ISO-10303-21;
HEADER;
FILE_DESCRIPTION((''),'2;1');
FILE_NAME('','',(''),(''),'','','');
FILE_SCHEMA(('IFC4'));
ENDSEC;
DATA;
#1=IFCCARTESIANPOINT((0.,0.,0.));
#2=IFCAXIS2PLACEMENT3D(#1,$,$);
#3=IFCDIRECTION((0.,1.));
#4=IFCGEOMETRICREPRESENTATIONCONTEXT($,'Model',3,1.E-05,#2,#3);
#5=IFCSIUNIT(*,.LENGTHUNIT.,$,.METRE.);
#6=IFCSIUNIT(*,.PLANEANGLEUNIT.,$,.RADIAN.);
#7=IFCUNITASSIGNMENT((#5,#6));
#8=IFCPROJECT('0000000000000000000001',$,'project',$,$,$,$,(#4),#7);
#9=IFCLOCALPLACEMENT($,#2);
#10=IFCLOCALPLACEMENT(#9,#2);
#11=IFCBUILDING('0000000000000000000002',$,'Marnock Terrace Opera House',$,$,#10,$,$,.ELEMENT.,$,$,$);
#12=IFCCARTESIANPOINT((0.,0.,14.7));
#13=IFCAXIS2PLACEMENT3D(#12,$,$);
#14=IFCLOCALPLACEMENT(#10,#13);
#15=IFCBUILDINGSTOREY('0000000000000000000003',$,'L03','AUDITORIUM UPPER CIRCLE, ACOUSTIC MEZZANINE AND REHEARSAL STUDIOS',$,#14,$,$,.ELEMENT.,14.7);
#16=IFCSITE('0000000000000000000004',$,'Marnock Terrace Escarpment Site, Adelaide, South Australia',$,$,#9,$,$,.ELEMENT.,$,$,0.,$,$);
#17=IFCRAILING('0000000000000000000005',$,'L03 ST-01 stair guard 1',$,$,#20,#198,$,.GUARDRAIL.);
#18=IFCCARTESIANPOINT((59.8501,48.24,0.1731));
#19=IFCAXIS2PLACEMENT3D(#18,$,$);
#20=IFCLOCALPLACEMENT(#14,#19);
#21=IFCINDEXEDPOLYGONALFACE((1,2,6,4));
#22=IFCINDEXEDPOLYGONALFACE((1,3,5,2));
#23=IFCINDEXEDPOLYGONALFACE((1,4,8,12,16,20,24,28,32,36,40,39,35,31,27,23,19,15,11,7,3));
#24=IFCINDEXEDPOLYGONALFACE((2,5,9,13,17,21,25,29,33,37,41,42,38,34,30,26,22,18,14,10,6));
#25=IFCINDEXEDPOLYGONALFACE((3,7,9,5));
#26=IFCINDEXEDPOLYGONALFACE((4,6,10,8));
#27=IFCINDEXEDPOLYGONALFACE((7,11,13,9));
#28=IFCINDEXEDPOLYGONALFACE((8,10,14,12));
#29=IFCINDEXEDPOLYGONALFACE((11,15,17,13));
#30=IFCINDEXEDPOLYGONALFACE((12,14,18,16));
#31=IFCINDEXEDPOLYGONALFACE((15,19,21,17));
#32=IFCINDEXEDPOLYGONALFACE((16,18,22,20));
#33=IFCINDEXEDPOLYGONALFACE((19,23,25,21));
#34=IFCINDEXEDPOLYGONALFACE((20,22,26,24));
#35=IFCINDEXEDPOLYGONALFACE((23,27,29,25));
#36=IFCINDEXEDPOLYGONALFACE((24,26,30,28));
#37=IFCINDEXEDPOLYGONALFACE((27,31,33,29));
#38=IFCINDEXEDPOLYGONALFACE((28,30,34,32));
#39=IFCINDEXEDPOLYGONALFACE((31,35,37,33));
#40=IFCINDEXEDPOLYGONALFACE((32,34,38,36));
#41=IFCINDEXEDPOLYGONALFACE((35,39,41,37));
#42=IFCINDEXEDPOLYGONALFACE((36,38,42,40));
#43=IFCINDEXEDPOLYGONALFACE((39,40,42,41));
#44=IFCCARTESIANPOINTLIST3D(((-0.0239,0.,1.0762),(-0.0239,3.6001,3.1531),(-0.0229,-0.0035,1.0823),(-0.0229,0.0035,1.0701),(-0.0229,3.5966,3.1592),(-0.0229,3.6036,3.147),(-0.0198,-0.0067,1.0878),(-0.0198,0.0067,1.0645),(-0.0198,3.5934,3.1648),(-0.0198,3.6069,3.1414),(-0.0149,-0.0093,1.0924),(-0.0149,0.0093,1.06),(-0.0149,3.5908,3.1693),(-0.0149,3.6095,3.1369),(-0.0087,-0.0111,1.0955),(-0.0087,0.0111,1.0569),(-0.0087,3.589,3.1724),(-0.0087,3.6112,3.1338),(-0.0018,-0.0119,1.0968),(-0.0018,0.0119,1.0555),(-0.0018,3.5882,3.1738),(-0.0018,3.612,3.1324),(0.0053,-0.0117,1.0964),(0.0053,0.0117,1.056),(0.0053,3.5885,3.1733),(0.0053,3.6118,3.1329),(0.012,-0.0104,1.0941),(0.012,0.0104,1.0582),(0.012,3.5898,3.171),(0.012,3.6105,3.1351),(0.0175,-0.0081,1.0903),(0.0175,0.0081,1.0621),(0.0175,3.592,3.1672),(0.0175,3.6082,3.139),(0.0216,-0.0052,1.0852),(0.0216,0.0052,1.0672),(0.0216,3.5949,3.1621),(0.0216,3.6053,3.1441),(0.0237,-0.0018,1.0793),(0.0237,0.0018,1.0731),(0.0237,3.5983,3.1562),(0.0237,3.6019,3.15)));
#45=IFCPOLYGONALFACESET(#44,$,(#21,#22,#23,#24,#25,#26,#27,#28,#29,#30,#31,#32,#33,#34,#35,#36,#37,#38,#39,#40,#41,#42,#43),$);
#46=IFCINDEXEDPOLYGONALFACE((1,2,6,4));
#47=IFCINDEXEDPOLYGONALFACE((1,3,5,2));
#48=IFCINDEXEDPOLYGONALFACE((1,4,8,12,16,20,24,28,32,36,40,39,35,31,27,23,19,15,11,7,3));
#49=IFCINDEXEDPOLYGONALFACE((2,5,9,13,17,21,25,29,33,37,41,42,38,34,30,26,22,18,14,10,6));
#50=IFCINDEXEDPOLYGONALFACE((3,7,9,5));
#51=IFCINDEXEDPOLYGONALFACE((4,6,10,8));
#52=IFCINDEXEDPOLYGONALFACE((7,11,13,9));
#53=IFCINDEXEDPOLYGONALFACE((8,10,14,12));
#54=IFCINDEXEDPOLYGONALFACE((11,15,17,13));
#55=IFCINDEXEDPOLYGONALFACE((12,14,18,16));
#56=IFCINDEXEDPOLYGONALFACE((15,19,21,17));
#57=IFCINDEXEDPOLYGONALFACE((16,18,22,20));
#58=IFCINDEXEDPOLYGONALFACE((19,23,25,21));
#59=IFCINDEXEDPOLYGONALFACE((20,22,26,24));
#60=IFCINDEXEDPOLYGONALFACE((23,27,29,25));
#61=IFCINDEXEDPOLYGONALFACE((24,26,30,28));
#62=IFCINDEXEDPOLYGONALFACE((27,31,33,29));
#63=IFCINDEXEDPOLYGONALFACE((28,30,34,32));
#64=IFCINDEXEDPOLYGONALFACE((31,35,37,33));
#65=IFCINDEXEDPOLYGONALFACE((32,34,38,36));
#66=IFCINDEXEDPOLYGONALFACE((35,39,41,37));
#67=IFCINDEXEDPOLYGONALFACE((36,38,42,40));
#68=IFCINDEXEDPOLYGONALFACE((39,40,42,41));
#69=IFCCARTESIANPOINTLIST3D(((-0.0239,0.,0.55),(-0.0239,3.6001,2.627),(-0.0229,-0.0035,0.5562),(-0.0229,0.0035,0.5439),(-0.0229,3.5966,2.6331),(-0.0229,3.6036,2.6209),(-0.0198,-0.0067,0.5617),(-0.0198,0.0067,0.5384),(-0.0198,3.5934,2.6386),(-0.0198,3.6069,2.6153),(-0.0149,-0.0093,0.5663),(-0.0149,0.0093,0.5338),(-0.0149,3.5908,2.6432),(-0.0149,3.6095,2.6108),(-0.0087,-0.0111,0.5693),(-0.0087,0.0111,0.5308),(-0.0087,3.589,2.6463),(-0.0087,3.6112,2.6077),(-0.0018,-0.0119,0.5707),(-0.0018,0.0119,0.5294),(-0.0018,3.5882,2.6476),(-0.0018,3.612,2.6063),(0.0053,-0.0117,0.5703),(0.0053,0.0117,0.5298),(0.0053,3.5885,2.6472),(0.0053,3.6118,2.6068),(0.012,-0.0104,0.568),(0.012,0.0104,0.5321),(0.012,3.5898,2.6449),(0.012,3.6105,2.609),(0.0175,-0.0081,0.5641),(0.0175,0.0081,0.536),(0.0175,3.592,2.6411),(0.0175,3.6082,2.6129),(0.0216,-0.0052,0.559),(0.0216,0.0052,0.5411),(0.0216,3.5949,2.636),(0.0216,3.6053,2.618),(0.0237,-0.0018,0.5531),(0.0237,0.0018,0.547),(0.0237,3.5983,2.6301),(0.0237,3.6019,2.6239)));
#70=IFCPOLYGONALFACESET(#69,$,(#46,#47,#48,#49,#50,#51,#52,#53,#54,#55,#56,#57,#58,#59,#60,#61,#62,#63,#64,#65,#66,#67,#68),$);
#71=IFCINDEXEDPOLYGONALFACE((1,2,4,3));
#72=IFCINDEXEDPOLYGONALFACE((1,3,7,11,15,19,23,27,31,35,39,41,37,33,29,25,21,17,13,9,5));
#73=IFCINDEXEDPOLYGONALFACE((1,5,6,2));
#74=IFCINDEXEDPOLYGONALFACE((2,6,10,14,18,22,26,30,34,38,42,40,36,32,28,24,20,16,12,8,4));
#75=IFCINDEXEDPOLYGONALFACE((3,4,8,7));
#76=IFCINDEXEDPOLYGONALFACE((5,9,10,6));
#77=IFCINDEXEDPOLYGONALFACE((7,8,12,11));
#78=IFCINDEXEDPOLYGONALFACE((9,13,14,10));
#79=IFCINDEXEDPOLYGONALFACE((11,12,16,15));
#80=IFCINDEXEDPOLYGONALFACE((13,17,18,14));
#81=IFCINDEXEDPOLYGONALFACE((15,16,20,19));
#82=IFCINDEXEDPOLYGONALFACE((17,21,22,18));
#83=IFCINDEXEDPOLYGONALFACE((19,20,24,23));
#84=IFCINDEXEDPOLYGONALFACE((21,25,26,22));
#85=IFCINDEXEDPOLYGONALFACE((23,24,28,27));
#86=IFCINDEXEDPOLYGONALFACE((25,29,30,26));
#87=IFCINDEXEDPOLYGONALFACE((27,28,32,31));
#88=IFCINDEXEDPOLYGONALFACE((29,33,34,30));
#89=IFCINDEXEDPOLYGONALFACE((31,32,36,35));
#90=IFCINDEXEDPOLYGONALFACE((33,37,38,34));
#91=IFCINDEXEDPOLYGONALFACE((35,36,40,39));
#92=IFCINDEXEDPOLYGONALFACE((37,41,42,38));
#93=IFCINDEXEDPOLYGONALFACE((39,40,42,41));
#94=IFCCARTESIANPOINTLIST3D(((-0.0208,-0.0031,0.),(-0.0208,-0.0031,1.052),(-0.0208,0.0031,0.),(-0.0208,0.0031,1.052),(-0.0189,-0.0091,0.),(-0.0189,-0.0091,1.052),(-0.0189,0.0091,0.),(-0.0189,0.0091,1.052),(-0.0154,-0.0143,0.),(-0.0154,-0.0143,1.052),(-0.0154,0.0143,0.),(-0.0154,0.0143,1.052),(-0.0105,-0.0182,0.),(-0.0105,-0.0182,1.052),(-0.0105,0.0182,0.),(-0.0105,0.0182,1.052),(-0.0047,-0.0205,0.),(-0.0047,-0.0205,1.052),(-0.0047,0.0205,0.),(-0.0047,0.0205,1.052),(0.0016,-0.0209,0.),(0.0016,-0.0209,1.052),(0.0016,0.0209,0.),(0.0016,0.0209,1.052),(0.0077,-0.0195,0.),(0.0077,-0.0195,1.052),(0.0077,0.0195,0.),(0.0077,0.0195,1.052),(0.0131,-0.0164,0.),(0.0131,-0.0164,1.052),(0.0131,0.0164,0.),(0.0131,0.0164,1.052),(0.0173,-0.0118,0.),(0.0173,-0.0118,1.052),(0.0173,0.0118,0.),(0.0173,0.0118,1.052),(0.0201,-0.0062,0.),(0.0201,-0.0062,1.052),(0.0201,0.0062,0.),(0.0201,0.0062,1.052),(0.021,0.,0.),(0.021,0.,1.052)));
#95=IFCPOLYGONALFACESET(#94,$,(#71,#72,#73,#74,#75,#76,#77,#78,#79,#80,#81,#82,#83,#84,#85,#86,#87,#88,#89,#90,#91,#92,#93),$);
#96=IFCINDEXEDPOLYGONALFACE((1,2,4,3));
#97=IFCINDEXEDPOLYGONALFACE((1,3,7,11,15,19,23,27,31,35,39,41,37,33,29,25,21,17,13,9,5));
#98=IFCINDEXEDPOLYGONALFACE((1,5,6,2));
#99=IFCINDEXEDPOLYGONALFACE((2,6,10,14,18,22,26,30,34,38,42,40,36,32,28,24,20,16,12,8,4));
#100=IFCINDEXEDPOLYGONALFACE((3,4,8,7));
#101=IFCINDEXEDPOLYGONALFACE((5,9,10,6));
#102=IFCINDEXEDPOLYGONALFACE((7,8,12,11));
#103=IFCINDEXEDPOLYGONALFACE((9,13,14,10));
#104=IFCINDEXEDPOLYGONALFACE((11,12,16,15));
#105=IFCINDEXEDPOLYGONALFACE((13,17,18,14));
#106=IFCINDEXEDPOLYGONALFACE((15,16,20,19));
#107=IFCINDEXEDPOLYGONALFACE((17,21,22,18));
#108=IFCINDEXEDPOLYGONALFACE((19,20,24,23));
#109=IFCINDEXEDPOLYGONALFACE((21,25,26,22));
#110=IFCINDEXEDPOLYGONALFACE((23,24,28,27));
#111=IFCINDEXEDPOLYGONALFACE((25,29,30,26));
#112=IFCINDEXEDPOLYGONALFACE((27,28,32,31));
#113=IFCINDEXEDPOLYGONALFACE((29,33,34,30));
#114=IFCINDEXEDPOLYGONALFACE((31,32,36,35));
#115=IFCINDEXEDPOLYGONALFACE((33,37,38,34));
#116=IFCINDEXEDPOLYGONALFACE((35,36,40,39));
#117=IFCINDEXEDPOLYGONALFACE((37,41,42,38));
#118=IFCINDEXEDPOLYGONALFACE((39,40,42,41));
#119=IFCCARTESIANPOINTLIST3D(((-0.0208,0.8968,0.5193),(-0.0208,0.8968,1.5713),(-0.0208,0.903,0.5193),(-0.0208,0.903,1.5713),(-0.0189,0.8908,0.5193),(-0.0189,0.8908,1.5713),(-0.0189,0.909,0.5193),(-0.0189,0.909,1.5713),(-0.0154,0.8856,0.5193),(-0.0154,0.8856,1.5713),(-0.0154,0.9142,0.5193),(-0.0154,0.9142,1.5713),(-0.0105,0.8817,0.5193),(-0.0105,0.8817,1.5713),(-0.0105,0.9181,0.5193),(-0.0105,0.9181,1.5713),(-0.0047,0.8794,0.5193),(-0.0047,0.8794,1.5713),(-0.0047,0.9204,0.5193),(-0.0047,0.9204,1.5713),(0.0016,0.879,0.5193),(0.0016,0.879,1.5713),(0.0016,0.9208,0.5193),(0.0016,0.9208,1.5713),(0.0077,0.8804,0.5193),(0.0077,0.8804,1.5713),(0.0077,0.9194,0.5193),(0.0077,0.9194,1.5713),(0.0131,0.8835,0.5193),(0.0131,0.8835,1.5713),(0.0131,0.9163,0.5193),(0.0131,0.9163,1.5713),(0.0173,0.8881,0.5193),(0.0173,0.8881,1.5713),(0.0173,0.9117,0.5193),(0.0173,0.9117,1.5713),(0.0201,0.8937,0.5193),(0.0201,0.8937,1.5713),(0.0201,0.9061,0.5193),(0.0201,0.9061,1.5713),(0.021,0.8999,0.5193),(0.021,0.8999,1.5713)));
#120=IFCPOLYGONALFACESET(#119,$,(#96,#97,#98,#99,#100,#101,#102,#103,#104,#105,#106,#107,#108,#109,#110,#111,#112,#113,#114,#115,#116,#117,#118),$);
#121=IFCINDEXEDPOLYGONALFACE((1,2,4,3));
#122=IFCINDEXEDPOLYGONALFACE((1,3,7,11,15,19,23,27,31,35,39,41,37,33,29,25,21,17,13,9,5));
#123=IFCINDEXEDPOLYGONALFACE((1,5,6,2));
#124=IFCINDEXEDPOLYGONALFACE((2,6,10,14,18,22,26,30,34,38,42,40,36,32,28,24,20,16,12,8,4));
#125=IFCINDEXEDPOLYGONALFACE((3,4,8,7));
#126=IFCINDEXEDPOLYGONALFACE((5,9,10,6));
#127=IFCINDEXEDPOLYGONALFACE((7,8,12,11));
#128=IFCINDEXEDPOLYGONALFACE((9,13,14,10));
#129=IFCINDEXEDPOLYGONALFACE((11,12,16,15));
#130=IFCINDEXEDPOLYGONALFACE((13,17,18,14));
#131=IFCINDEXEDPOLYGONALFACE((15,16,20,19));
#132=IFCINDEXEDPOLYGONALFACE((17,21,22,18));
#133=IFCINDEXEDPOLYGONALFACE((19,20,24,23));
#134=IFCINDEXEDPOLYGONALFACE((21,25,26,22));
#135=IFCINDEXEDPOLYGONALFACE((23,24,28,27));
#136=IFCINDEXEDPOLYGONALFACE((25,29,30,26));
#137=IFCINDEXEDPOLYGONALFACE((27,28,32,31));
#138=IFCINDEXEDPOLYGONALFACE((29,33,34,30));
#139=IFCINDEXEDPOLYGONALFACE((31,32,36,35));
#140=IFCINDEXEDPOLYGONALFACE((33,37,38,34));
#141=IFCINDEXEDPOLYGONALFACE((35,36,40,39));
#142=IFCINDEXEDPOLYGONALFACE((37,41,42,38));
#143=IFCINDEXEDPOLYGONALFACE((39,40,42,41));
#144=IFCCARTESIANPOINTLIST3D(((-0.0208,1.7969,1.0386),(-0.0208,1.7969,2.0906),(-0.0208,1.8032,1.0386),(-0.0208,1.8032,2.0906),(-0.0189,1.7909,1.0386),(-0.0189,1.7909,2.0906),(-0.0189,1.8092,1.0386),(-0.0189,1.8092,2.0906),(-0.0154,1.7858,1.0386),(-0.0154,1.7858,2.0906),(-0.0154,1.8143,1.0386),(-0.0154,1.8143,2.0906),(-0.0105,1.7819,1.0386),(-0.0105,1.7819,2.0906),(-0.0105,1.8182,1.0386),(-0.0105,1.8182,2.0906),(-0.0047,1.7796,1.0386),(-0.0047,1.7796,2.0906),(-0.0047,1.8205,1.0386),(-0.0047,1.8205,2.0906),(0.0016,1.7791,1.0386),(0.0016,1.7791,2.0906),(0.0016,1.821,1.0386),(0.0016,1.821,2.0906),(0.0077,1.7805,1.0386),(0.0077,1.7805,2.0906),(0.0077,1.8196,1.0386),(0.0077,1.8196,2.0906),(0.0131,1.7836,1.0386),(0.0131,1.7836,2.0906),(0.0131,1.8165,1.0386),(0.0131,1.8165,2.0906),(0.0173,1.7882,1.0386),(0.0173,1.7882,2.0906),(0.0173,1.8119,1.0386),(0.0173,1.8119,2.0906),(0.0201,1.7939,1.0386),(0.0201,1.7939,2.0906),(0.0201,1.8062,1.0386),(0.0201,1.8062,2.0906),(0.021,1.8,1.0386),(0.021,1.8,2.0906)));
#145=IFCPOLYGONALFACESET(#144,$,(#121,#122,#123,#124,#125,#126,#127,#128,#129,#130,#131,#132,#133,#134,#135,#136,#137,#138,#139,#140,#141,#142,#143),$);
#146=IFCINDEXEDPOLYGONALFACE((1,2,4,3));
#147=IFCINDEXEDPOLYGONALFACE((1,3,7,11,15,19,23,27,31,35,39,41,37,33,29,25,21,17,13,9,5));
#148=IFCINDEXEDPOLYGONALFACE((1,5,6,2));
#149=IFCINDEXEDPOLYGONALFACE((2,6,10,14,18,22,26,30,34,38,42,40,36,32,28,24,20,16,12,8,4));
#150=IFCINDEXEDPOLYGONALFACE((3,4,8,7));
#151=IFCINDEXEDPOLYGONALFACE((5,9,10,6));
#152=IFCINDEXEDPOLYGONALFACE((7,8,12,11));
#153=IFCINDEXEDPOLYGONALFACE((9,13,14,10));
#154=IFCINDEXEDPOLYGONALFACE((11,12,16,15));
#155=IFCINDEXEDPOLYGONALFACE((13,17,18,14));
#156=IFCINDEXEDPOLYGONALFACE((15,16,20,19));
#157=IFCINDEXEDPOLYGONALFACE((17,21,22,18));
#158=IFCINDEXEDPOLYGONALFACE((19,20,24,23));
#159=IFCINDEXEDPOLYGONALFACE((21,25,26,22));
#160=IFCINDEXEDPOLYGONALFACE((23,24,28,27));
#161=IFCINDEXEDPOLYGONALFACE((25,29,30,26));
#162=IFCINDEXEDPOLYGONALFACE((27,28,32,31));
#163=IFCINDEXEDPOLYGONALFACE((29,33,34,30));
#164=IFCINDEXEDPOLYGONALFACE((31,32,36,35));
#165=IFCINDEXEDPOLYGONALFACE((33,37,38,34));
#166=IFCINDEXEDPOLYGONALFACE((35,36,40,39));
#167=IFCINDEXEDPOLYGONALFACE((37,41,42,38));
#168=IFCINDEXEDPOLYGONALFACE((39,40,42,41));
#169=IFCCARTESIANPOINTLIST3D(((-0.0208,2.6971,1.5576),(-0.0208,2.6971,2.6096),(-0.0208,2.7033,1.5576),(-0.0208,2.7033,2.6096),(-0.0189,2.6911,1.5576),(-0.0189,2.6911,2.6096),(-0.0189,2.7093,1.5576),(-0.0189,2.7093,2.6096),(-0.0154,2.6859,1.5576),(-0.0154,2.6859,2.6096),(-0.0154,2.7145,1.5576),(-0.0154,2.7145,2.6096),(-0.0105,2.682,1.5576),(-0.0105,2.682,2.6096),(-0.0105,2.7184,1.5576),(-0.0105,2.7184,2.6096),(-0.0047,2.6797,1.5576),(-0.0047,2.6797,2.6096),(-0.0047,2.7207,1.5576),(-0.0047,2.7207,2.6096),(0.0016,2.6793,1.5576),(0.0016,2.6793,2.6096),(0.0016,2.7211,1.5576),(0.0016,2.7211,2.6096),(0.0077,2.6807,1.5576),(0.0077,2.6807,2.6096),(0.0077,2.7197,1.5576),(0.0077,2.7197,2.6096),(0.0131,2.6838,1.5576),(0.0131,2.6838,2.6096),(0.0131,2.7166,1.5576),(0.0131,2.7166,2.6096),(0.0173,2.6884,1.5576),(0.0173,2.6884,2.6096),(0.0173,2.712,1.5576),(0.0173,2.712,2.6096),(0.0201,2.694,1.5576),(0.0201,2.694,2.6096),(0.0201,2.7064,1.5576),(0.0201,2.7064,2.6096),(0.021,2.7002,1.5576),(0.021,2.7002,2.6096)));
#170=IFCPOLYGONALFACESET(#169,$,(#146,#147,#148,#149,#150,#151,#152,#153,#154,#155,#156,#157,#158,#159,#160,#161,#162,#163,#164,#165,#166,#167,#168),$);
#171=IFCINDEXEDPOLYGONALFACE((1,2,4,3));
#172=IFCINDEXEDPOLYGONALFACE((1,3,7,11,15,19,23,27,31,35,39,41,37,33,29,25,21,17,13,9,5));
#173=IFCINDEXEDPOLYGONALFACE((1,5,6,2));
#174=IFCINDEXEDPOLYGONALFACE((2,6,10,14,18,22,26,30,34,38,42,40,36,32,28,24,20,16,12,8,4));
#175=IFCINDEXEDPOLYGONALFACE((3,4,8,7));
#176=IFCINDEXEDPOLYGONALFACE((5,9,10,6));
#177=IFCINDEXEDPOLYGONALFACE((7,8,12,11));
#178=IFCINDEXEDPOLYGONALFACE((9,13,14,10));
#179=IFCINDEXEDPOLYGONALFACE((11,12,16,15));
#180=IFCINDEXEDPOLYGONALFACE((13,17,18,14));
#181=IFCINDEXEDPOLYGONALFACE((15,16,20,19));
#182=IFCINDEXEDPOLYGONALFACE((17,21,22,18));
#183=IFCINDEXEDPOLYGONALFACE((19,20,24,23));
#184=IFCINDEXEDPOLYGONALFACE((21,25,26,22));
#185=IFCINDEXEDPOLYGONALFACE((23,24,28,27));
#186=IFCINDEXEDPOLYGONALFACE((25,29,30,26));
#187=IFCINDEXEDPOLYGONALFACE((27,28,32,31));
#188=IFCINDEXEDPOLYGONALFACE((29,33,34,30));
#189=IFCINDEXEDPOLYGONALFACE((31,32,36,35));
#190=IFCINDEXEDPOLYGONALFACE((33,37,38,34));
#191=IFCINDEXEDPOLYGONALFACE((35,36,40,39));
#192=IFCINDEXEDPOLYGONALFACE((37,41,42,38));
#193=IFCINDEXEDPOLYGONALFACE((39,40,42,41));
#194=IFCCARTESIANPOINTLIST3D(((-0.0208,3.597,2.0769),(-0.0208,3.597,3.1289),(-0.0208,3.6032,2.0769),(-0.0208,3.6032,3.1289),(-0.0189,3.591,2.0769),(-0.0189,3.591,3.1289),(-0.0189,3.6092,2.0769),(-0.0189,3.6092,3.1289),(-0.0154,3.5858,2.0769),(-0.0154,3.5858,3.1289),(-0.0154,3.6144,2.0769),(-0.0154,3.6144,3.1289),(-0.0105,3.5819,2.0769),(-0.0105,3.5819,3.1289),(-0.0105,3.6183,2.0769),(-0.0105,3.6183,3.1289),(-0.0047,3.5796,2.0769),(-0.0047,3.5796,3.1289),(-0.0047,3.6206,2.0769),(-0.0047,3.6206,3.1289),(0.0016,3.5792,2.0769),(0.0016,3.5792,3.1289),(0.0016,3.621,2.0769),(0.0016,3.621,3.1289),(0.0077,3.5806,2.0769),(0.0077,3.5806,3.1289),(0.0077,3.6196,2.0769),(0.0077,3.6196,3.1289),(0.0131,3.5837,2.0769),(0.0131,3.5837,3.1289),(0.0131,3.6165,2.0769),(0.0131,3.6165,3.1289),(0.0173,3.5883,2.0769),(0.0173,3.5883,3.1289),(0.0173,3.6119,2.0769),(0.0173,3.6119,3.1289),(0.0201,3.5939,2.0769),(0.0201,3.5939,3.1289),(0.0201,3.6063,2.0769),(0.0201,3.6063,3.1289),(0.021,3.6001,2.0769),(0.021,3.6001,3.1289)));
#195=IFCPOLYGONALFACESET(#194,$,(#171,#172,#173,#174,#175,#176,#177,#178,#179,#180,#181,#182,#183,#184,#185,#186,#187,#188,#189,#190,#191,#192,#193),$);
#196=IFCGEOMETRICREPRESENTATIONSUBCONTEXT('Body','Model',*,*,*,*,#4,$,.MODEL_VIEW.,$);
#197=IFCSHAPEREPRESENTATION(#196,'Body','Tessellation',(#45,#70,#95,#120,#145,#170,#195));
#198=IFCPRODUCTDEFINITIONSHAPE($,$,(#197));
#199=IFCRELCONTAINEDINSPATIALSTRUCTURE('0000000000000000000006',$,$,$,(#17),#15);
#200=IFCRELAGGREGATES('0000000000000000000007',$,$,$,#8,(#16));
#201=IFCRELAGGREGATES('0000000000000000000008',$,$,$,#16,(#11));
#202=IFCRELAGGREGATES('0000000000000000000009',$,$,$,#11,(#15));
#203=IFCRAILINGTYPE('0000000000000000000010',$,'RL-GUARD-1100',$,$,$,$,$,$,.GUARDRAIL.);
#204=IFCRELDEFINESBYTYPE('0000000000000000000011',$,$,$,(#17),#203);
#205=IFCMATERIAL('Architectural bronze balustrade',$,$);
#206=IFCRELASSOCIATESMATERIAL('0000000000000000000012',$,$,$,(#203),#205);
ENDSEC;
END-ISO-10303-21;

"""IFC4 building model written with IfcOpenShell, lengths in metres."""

from ifc_helpers import new_model, si_unit, direction, frame, origin, origin_2d, place, context, subcontext, project, spatial, circle, extrude, material, type_object, element, save


model = new_model("IFC4")

# Units and contexts
model_context = context("Model", 3, precision=1e-05, world=origin(), true_north=direction((0.0, 1.0)))
body_context = subcontext(model_context, "Body", "Model", "MODEL_VIEW")
ifc_project = project(units=[si_unit("LENGTHUNIT", "METRE"), si_unit("PLANEANGLEUNIT", "RADIAN")], contexts=[model_context])

# Site, building, storey
site_placement = place(None, origin())
site = spatial("IfcSite", under=ifc_project, at=site_placement, Name="Marnock Terrace Escarpment Site, Adelaide, South Australia", CompositionType="ELEMENT", RefElevation=0.0)
building_placement = place(site_placement, origin())
building = spatial("IfcBuilding", under=site, at=building_placement, Name="Marnock Terrace Opera House", CompositionType="ELEMENT")
storey_placement = place(building_placement, frame((0.0, 0.0, 14.7)))
storey = spatial("IfcBuildingStorey", under=building, at=storey_placement, Name="L03", Description="AUDITORIUM UPPER CIRCLE, ACOUSTIC MEZZANINE AND REHEARSAL STUDIOS", CompositionType="ELEMENT", Elevation=14.7)

# Railing
ifc_material_1 = material(Name="Architectural bronze balustrade")
railing_type_1 = type_object("IfcRailingType", Name="RL-GUARD-1100", PredefinedType="GUARDRAIL", material=ifc_material_1)
railing_1_placement = place(storey_placement, frame((59.8501, 48.24, 0.1731)))
element("IfcRailing", 1, at=railing_1_placement, inside=storey, type_object=railing_type_1, Name="L03 ST-01 stair guard 1", PredefinedType="GUARDRAIL", context=body_context, shape_type="SweptSolid", body=[
    extrude(circle(Radius=0.0239, at=origin_2d()), frame((0.0, 0.0, 1.0762), z_axis=(0.0, 0.866193, 0.499709), x_axis=(-1.0, 0.0, 0.0)), (0.0, 0.0, 1.0), 4.1562),
    extrude(circle(Radius=0.0239, at=origin_2d()), frame((0.0, 0.0, 0.55), z_axis=(0.0, 0.866193, 0.499709), x_axis=(-1.0, 0.0, 0.0)), (0.0, 0.0, 1.0), 4.1562),
    extrude(circle(Radius=0.021, at=origin_2d()), origin(), (0.0, 0.0, 1.0), 1.052),
    extrude(circle(Radius=0.021, at=origin_2d()), frame((0.0, 0.8999, 0.5193)), (0.0, 0.0, 1.0), 1.052),
    extrude(circle(Radius=0.021, at=origin_2d()), frame((0.0, 1.8, 1.0386)), (0.0, 0.0, 1.0), 1.052),
    extrude(circle(Radius=0.021, at=origin_2d()), frame((0.0, 2.7002, 1.5576)), (0.0, 0.0, 1.0), 1.052),
    extrude(circle(Radius=0.021, at=origin_2d()), frame((0.0, 3.6001, 2.0769)), (0.0, 0.0, 1.0), 1.052),
])

save(model, "model.ifc")
